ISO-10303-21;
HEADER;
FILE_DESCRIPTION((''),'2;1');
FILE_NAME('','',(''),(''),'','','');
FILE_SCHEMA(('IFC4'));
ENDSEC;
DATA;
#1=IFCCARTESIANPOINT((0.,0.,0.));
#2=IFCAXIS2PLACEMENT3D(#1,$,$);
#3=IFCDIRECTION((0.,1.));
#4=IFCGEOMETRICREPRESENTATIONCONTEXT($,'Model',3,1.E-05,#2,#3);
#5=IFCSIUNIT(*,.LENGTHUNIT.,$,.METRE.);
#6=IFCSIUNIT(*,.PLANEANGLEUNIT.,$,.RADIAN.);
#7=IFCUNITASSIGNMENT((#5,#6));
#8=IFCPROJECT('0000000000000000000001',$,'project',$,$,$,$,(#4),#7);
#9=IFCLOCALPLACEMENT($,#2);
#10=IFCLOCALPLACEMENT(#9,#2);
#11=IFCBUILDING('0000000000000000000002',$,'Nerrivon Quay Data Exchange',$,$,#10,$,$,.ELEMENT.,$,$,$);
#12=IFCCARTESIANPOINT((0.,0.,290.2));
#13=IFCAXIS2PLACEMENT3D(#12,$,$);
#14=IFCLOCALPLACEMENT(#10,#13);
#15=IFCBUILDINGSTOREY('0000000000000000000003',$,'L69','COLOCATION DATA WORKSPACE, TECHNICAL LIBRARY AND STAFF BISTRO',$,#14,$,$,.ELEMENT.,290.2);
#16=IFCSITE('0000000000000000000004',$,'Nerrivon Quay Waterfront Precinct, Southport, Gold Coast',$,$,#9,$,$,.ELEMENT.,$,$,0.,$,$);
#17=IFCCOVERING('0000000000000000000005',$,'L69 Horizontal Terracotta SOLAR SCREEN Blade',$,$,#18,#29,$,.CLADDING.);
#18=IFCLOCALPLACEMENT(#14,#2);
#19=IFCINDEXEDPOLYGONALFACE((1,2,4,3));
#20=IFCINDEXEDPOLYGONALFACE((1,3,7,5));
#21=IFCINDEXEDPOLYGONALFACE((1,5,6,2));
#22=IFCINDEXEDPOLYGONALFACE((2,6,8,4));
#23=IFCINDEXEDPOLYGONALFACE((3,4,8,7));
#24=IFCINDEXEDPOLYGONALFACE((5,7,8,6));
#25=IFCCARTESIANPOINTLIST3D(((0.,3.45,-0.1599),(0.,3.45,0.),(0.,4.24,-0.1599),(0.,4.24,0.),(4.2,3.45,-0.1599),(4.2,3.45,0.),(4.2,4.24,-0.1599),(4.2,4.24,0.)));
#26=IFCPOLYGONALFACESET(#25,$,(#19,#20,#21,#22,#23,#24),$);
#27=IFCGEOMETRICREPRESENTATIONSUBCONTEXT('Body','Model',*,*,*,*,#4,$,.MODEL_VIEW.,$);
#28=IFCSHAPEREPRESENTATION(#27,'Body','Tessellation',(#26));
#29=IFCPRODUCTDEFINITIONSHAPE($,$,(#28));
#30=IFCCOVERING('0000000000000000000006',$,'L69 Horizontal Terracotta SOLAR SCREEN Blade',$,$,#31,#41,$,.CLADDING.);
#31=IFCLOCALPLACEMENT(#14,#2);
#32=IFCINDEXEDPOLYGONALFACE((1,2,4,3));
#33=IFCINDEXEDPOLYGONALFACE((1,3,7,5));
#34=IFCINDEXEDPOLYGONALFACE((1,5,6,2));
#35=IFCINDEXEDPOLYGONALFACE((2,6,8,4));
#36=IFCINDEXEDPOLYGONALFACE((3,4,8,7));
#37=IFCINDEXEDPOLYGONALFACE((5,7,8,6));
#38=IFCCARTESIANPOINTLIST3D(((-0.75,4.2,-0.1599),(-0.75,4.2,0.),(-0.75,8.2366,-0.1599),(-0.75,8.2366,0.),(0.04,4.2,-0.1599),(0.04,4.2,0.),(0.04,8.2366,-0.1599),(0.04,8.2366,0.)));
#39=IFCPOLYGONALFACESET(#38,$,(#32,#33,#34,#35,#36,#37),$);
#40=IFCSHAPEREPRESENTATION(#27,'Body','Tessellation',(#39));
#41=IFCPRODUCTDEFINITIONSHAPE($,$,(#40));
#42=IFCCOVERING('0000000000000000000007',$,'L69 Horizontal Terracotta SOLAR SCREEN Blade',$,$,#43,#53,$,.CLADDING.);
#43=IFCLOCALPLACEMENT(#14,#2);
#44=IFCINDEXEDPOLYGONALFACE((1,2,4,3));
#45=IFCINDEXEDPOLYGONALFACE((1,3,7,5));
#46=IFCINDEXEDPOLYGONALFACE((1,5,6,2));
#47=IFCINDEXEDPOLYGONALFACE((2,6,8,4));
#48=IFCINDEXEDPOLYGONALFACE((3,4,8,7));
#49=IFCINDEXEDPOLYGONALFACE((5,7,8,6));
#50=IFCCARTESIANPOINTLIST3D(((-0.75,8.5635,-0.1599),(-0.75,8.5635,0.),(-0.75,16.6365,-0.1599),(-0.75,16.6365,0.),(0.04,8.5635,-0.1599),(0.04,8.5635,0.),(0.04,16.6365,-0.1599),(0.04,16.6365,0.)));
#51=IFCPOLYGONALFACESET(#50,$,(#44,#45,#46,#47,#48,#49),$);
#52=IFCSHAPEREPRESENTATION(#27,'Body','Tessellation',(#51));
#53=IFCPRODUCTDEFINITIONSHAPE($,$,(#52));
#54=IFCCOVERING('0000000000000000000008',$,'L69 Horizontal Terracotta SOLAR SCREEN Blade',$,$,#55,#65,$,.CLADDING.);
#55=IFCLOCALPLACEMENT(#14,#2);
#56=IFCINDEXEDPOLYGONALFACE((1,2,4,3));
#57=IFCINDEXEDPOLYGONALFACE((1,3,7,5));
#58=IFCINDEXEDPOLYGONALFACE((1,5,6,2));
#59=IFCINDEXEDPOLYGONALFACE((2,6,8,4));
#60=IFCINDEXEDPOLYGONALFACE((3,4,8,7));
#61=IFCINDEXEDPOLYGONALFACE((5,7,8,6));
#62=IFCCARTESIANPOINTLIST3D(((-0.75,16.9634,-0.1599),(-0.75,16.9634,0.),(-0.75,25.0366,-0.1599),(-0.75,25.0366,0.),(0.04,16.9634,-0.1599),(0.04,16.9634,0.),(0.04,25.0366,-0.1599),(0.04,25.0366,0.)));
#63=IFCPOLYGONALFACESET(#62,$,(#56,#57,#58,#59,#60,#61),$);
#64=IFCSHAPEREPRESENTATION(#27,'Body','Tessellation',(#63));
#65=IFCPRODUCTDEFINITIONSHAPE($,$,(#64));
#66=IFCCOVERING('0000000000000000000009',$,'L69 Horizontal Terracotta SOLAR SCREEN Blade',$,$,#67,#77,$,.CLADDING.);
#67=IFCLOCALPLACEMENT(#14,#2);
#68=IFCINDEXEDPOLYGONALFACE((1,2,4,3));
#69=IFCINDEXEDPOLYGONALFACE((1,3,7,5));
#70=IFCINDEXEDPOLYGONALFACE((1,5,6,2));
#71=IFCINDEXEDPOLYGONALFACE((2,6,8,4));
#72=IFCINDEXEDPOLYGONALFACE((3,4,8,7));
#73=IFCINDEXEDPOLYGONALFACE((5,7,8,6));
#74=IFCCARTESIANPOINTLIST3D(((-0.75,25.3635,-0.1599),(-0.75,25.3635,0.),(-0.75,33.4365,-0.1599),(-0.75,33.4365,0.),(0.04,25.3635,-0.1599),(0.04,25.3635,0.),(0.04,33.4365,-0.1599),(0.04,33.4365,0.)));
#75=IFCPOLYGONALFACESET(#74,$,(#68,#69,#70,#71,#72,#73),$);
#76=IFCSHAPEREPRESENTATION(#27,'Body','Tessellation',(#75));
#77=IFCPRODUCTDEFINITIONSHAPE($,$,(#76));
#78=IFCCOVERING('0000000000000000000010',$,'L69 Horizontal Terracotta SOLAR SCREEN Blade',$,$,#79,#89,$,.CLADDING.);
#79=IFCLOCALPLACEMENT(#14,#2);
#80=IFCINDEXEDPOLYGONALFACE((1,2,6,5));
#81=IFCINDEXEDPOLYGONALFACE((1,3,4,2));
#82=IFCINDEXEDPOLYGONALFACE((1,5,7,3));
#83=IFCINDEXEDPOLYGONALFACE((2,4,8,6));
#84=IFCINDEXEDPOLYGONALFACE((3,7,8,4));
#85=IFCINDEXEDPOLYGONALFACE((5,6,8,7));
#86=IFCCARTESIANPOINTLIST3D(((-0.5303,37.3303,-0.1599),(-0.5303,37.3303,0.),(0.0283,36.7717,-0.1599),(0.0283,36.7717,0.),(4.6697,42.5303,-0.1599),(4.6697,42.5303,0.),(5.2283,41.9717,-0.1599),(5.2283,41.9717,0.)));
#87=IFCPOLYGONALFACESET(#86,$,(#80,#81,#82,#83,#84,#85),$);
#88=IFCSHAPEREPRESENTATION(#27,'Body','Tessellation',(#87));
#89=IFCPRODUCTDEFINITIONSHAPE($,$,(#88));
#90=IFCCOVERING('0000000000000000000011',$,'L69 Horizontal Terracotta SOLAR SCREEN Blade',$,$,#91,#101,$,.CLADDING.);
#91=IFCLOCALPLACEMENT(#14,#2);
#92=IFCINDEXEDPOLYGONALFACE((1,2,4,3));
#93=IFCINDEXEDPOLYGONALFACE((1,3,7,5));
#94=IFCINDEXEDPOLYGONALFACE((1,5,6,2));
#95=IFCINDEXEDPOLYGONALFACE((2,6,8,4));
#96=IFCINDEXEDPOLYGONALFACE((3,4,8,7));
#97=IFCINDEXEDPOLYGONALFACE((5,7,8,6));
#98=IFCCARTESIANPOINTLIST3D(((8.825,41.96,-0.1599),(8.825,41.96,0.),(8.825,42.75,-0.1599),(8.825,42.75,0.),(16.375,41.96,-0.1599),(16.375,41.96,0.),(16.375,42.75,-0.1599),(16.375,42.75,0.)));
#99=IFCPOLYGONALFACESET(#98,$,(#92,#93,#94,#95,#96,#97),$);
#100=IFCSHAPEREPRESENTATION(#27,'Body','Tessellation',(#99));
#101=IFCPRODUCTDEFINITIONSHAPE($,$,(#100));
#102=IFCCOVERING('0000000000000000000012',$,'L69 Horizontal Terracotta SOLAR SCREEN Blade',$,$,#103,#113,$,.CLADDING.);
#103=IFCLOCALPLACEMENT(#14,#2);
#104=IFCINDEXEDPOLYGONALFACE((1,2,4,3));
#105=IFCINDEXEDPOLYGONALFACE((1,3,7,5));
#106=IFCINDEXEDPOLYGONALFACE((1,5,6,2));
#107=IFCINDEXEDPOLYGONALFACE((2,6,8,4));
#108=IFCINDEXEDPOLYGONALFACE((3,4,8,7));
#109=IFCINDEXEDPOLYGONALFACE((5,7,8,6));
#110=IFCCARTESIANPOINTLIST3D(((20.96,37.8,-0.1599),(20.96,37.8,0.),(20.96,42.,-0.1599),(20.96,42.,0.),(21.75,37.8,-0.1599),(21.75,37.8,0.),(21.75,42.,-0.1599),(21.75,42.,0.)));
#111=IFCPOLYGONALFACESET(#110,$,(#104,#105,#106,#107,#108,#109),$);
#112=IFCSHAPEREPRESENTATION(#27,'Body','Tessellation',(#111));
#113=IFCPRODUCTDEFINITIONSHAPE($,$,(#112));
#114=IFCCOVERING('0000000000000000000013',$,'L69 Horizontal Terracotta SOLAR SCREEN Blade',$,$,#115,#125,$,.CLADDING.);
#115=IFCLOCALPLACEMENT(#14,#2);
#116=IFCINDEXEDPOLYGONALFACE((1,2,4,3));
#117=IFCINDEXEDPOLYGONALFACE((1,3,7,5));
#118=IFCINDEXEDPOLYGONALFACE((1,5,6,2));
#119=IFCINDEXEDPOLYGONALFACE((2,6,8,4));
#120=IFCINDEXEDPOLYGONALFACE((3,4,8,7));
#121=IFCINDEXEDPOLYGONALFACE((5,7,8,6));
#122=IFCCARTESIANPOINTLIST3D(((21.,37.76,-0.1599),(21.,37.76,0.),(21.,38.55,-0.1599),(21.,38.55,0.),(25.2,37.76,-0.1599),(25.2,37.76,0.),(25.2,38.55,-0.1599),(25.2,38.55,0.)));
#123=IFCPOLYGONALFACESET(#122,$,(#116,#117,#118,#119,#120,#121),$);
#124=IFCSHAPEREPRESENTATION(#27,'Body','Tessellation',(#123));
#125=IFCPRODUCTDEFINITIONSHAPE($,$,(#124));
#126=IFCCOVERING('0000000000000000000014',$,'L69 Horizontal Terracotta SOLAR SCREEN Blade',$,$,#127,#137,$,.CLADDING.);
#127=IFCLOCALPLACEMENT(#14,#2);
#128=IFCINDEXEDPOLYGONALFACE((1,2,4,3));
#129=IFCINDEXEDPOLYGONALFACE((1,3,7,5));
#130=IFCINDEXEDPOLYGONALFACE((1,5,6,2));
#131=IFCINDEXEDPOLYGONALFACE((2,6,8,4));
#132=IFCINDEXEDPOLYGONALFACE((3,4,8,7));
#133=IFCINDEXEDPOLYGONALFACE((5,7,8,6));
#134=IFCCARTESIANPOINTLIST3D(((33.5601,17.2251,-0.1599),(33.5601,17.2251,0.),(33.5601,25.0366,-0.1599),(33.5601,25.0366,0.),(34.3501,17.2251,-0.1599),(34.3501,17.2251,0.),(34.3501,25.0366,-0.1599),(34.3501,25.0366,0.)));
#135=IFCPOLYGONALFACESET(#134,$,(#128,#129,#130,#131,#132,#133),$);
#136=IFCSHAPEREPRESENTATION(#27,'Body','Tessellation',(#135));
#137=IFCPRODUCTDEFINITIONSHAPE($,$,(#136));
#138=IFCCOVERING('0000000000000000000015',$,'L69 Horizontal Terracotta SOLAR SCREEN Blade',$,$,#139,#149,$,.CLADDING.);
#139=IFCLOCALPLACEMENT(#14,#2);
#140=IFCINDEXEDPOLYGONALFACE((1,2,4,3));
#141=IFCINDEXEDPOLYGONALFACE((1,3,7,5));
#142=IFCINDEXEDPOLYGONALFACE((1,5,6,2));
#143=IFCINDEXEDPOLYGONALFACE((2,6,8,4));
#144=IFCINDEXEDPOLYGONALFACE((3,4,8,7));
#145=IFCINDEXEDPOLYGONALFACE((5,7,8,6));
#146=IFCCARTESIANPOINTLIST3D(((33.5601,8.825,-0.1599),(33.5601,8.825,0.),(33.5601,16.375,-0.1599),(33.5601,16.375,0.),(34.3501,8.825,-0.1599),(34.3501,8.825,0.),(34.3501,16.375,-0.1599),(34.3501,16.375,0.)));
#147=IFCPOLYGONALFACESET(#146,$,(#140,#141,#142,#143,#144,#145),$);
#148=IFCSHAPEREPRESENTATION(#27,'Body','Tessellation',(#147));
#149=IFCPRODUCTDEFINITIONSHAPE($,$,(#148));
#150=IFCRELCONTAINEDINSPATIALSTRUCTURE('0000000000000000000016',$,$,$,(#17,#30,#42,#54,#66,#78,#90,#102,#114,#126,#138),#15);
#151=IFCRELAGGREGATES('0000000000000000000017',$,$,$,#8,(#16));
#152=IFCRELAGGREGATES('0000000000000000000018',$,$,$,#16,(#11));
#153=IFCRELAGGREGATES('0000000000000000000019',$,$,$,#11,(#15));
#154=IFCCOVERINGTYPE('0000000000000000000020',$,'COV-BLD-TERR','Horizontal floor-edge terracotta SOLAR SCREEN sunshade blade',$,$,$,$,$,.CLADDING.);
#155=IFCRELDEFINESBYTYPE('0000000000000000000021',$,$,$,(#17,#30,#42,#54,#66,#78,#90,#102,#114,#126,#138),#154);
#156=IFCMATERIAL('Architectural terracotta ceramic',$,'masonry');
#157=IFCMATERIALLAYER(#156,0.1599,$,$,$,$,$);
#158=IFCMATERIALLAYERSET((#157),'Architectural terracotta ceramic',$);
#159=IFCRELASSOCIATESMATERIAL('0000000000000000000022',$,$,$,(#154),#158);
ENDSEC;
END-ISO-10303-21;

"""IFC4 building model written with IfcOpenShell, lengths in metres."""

from ifc_helpers import new_model, si_unit, direction, frame, origin, place, context, subcontext, project, spatial, polyline, outline, extrude, material, layer, layer_set, type_object, element, save


model = new_model("IFC4")

# Units and contexts
model_context = context("Model", 3, precision=1e-05, world=origin(), true_north=direction((0.0, 1.0)))
body_context = subcontext(model_context, "Body", "Model", "MODEL_VIEW")
ifc_project = project(units=[si_unit("LENGTHUNIT", "METRE"), si_unit("PLANEANGLEUNIT", "RADIAN")], contexts=[model_context])

# Site, building, storey
site_placement = place(None, origin())
site = spatial("IfcSite", under=ifc_project, at=site_placement, Name="Nerrivon Quay Waterfront Precinct, Southport, Gold Coast", CompositionType="ELEMENT", RefElevation=0.0)
building_placement = place(site_placement, origin())
building = spatial("IfcBuilding", under=site, at=building_placement, Name="Nerrivon Quay Data Exchange", CompositionType="ELEMENT")
storey_placement = place(building_placement, frame((0.0, 0.0, 290.2)))
storey = spatial("IfcBuildingStorey", under=building, at=storey_placement, Name="L69", Description="COLOCATION DATA WORKSPACE, TECHNICAL LIBRARY AND STAFF BISTRO", CompositionType="ELEMENT", Elevation=290.2)

# Coverings
ifc_material_1 = material(Name="Architectural terracotta ceramic", Category="masonry")
ifc_layer_1 = layer(ifc_material_1, 0.1599)
ifc_layer_set_1 = layer_set([ifc_layer_1], Name="Architectural terracotta ceramic")
covering_type = type_object("IfcCoveringType", Name="COV-BLD-TERR", Description="Horizontal floor-edge terracotta SOLAR SCREEN sunshade blade", PredefinedType="CLADDING", material=ifc_layer_set_1)
covering_1_placement = place(storey_placement, frame((0.0, 0.0, -0.1599)))
element("IfcCovering", 1, at=covering_1_placement, inside=storey, type_object=covering_type, Name="L69 Horizontal Terracotta SOLAR SCREEN Blade", PredefinedType="CLADDING", context=body_context, shape_type="SweptSolid", body=[
    extrude(outline(polyline([(4.2, 4.24), (0.0, 4.24), (0.0, 3.45), (4.2, 3.45), (4.2, 4.24)])), origin(), (0.0, 0.0, 1.0), 0.1599),
])
covering_2_placement = place(storey_placement, frame((0.0, 0.0, -0.1599)))
element("IfcCovering", 2, at=covering_2_placement, inside=storey, type_object=covering_type, Name="L69 Horizontal Terracotta SOLAR SCREEN Blade", PredefinedType="CLADDING", context=body_context, shape_type="SweptSolid", body=[
    extrude(outline(polyline([(0.04, 4.2), (0.04, 8.2366), (-0.75, 8.2366), (-0.75, 4.2), (0.04, 4.2)])), origin(), (0.0, 0.0, 1.0), 0.1599),
])
covering_3_placement = place(storey_placement, frame((0.0, 0.0, -0.1599)))
element("IfcCovering", 3, at=covering_3_placement, inside=storey, type_object=covering_type, Name="L69 Horizontal Terracotta SOLAR SCREEN Blade", PredefinedType="CLADDING", context=body_context, shape_type="SweptSolid", body=[
    extrude(outline(polyline([(0.04, 8.5635), (0.04, 16.6365), (-0.75, 16.6365), (-0.75, 8.5635), (0.04, 8.5635)])), origin(), (0.0, 0.0, 1.0), 0.1599),
])
covering_4_placement = place(storey_placement, frame((0.0, 0.0, -0.1599)))
element("IfcCovering", 4, at=covering_4_placement, inside=storey, type_object=covering_type, Name="L69 Horizontal Terracotta SOLAR SCREEN Blade", PredefinedType="CLADDING", context=body_context, shape_type="SweptSolid", body=[
    extrude(outline(polyline([(0.04, 16.9634), (0.04, 25.0366), (-0.75, 25.0366), (-0.75, 16.9634), (0.04, 16.9634)])), origin(), (0.0, 0.0, 1.0), 0.1599),
])
covering_5_placement = place(storey_placement, frame((0.0, 0.0, -0.1599)))
element("IfcCovering", 5, at=covering_5_placement, inside=storey, type_object=covering_type, Name="L69 Horizontal Terracotta SOLAR SCREEN Blade", PredefinedType="CLADDING", context=body_context, shape_type="SweptSolid", body=[
    extrude(outline(polyline([(0.04, 25.3635), (0.04, 33.4365), (-0.75, 33.4365), (-0.75, 25.3635), (0.04, 25.3635)])), origin(), (0.0, 0.0, 1.0), 0.1599),
])
covering_6_placement = place(storey_placement, frame((0.0, 0.0, -0.1599)))
element("IfcCovering", 6, at=covering_6_placement, inside=storey, type_object=covering_type, Name="L69 Horizontal Terracotta SOLAR SCREEN Blade", PredefinedType="CLADDING", context=body_context, shape_type="SweptSolid", body=[
    extrude(outline(polyline([(0.0283, 36.7717), (5.2283, 41.9717), (4.6697, 42.5303), (-0.5303, 37.3303), (0.0283, 36.7717)])), origin(), (0.0, 0.0, 1.0), 0.1599),
])
covering_7_placement = place(storey_placement, frame((0.0, 0.0, -0.1599)))
element("IfcCovering", 7, at=covering_7_placement, inside=storey, type_object=covering_type, Name="L69 Horizontal Terracotta SOLAR SCREEN Blade", PredefinedType="CLADDING", context=body_context, shape_type="SweptSolid", body=[
    extrude(outline(polyline([(8.825, 41.96), (16.375, 41.96), (16.375, 42.75), (8.825, 42.75), (8.825, 41.96)])), origin(), (0.0, 0.0, 1.0), 0.1599),
])
covering_8_placement = place(storey_placement, frame((0.0, 0.0, -0.1599)))
element("IfcCovering", 8, at=covering_8_placement, inside=storey, type_object=covering_type, Name="L69 Horizontal Terracotta SOLAR SCREEN Blade", PredefinedType="CLADDING", context=body_context, shape_type="SweptSolid", body=[
    extrude(outline(polyline([(20.96, 42.0), (20.96, 37.8), (21.75, 37.8), (21.75, 42.0), (20.96, 42.0)])), origin(), (0.0, 0.0, 1.0), 0.1599),
])
covering_9_placement = place(storey_placement, frame((0.0, 0.0, -0.1599)))
element("IfcCovering", 9, at=covering_9_placement, inside=storey, type_object=covering_type, Name="L69 Horizontal Terracotta SOLAR SCREEN Blade", PredefinedType="CLADDING", context=body_context, shape_type="SweptSolid", body=[
    extrude(outline(polyline([(21.0, 37.76), (25.2, 37.76), (25.2, 38.55), (21.0, 38.55), (21.0, 37.76)])), origin(), (0.0, 0.0, 1.0), 0.1599),
])
covering_10_placement = place(storey_placement, frame((0.0, 0.0, -0.1599)))
element("IfcCovering", 10, at=covering_10_placement, inside=storey, type_object=covering_type, Name="L69 Horizontal Terracotta SOLAR SCREEN Blade", PredefinedType="CLADDING", context=body_context, shape_type="SweptSolid", body=[
    extrude(outline(polyline([(33.5601, 25.0366), (33.5601, 17.2251), (34.3501, 17.2251), (34.3501, 25.0366), (33.5601, 25.0366)])), origin(), (0.0, 0.0, 1.0), 0.1599),
])
covering_11_placement = place(storey_placement, frame((0.0, 0.0, -0.1599)))
element("IfcCovering", 11, at=covering_11_placement, inside=storey, type_object=covering_type, Name="L69 Horizontal Terracotta SOLAR SCREEN Blade", PredefinedType="CLADDING", context=body_context, shape_type="SweptSolid", body=[
    extrude(outline(polyline([(33.5601, 16.375), (33.5601, 8.825), (34.3501, 8.825), (34.3501, 16.375), (33.5601, 16.375)])), origin(), (0.0, 0.0, 1.0), 0.1599),
])

save(model, "model.ifc")
